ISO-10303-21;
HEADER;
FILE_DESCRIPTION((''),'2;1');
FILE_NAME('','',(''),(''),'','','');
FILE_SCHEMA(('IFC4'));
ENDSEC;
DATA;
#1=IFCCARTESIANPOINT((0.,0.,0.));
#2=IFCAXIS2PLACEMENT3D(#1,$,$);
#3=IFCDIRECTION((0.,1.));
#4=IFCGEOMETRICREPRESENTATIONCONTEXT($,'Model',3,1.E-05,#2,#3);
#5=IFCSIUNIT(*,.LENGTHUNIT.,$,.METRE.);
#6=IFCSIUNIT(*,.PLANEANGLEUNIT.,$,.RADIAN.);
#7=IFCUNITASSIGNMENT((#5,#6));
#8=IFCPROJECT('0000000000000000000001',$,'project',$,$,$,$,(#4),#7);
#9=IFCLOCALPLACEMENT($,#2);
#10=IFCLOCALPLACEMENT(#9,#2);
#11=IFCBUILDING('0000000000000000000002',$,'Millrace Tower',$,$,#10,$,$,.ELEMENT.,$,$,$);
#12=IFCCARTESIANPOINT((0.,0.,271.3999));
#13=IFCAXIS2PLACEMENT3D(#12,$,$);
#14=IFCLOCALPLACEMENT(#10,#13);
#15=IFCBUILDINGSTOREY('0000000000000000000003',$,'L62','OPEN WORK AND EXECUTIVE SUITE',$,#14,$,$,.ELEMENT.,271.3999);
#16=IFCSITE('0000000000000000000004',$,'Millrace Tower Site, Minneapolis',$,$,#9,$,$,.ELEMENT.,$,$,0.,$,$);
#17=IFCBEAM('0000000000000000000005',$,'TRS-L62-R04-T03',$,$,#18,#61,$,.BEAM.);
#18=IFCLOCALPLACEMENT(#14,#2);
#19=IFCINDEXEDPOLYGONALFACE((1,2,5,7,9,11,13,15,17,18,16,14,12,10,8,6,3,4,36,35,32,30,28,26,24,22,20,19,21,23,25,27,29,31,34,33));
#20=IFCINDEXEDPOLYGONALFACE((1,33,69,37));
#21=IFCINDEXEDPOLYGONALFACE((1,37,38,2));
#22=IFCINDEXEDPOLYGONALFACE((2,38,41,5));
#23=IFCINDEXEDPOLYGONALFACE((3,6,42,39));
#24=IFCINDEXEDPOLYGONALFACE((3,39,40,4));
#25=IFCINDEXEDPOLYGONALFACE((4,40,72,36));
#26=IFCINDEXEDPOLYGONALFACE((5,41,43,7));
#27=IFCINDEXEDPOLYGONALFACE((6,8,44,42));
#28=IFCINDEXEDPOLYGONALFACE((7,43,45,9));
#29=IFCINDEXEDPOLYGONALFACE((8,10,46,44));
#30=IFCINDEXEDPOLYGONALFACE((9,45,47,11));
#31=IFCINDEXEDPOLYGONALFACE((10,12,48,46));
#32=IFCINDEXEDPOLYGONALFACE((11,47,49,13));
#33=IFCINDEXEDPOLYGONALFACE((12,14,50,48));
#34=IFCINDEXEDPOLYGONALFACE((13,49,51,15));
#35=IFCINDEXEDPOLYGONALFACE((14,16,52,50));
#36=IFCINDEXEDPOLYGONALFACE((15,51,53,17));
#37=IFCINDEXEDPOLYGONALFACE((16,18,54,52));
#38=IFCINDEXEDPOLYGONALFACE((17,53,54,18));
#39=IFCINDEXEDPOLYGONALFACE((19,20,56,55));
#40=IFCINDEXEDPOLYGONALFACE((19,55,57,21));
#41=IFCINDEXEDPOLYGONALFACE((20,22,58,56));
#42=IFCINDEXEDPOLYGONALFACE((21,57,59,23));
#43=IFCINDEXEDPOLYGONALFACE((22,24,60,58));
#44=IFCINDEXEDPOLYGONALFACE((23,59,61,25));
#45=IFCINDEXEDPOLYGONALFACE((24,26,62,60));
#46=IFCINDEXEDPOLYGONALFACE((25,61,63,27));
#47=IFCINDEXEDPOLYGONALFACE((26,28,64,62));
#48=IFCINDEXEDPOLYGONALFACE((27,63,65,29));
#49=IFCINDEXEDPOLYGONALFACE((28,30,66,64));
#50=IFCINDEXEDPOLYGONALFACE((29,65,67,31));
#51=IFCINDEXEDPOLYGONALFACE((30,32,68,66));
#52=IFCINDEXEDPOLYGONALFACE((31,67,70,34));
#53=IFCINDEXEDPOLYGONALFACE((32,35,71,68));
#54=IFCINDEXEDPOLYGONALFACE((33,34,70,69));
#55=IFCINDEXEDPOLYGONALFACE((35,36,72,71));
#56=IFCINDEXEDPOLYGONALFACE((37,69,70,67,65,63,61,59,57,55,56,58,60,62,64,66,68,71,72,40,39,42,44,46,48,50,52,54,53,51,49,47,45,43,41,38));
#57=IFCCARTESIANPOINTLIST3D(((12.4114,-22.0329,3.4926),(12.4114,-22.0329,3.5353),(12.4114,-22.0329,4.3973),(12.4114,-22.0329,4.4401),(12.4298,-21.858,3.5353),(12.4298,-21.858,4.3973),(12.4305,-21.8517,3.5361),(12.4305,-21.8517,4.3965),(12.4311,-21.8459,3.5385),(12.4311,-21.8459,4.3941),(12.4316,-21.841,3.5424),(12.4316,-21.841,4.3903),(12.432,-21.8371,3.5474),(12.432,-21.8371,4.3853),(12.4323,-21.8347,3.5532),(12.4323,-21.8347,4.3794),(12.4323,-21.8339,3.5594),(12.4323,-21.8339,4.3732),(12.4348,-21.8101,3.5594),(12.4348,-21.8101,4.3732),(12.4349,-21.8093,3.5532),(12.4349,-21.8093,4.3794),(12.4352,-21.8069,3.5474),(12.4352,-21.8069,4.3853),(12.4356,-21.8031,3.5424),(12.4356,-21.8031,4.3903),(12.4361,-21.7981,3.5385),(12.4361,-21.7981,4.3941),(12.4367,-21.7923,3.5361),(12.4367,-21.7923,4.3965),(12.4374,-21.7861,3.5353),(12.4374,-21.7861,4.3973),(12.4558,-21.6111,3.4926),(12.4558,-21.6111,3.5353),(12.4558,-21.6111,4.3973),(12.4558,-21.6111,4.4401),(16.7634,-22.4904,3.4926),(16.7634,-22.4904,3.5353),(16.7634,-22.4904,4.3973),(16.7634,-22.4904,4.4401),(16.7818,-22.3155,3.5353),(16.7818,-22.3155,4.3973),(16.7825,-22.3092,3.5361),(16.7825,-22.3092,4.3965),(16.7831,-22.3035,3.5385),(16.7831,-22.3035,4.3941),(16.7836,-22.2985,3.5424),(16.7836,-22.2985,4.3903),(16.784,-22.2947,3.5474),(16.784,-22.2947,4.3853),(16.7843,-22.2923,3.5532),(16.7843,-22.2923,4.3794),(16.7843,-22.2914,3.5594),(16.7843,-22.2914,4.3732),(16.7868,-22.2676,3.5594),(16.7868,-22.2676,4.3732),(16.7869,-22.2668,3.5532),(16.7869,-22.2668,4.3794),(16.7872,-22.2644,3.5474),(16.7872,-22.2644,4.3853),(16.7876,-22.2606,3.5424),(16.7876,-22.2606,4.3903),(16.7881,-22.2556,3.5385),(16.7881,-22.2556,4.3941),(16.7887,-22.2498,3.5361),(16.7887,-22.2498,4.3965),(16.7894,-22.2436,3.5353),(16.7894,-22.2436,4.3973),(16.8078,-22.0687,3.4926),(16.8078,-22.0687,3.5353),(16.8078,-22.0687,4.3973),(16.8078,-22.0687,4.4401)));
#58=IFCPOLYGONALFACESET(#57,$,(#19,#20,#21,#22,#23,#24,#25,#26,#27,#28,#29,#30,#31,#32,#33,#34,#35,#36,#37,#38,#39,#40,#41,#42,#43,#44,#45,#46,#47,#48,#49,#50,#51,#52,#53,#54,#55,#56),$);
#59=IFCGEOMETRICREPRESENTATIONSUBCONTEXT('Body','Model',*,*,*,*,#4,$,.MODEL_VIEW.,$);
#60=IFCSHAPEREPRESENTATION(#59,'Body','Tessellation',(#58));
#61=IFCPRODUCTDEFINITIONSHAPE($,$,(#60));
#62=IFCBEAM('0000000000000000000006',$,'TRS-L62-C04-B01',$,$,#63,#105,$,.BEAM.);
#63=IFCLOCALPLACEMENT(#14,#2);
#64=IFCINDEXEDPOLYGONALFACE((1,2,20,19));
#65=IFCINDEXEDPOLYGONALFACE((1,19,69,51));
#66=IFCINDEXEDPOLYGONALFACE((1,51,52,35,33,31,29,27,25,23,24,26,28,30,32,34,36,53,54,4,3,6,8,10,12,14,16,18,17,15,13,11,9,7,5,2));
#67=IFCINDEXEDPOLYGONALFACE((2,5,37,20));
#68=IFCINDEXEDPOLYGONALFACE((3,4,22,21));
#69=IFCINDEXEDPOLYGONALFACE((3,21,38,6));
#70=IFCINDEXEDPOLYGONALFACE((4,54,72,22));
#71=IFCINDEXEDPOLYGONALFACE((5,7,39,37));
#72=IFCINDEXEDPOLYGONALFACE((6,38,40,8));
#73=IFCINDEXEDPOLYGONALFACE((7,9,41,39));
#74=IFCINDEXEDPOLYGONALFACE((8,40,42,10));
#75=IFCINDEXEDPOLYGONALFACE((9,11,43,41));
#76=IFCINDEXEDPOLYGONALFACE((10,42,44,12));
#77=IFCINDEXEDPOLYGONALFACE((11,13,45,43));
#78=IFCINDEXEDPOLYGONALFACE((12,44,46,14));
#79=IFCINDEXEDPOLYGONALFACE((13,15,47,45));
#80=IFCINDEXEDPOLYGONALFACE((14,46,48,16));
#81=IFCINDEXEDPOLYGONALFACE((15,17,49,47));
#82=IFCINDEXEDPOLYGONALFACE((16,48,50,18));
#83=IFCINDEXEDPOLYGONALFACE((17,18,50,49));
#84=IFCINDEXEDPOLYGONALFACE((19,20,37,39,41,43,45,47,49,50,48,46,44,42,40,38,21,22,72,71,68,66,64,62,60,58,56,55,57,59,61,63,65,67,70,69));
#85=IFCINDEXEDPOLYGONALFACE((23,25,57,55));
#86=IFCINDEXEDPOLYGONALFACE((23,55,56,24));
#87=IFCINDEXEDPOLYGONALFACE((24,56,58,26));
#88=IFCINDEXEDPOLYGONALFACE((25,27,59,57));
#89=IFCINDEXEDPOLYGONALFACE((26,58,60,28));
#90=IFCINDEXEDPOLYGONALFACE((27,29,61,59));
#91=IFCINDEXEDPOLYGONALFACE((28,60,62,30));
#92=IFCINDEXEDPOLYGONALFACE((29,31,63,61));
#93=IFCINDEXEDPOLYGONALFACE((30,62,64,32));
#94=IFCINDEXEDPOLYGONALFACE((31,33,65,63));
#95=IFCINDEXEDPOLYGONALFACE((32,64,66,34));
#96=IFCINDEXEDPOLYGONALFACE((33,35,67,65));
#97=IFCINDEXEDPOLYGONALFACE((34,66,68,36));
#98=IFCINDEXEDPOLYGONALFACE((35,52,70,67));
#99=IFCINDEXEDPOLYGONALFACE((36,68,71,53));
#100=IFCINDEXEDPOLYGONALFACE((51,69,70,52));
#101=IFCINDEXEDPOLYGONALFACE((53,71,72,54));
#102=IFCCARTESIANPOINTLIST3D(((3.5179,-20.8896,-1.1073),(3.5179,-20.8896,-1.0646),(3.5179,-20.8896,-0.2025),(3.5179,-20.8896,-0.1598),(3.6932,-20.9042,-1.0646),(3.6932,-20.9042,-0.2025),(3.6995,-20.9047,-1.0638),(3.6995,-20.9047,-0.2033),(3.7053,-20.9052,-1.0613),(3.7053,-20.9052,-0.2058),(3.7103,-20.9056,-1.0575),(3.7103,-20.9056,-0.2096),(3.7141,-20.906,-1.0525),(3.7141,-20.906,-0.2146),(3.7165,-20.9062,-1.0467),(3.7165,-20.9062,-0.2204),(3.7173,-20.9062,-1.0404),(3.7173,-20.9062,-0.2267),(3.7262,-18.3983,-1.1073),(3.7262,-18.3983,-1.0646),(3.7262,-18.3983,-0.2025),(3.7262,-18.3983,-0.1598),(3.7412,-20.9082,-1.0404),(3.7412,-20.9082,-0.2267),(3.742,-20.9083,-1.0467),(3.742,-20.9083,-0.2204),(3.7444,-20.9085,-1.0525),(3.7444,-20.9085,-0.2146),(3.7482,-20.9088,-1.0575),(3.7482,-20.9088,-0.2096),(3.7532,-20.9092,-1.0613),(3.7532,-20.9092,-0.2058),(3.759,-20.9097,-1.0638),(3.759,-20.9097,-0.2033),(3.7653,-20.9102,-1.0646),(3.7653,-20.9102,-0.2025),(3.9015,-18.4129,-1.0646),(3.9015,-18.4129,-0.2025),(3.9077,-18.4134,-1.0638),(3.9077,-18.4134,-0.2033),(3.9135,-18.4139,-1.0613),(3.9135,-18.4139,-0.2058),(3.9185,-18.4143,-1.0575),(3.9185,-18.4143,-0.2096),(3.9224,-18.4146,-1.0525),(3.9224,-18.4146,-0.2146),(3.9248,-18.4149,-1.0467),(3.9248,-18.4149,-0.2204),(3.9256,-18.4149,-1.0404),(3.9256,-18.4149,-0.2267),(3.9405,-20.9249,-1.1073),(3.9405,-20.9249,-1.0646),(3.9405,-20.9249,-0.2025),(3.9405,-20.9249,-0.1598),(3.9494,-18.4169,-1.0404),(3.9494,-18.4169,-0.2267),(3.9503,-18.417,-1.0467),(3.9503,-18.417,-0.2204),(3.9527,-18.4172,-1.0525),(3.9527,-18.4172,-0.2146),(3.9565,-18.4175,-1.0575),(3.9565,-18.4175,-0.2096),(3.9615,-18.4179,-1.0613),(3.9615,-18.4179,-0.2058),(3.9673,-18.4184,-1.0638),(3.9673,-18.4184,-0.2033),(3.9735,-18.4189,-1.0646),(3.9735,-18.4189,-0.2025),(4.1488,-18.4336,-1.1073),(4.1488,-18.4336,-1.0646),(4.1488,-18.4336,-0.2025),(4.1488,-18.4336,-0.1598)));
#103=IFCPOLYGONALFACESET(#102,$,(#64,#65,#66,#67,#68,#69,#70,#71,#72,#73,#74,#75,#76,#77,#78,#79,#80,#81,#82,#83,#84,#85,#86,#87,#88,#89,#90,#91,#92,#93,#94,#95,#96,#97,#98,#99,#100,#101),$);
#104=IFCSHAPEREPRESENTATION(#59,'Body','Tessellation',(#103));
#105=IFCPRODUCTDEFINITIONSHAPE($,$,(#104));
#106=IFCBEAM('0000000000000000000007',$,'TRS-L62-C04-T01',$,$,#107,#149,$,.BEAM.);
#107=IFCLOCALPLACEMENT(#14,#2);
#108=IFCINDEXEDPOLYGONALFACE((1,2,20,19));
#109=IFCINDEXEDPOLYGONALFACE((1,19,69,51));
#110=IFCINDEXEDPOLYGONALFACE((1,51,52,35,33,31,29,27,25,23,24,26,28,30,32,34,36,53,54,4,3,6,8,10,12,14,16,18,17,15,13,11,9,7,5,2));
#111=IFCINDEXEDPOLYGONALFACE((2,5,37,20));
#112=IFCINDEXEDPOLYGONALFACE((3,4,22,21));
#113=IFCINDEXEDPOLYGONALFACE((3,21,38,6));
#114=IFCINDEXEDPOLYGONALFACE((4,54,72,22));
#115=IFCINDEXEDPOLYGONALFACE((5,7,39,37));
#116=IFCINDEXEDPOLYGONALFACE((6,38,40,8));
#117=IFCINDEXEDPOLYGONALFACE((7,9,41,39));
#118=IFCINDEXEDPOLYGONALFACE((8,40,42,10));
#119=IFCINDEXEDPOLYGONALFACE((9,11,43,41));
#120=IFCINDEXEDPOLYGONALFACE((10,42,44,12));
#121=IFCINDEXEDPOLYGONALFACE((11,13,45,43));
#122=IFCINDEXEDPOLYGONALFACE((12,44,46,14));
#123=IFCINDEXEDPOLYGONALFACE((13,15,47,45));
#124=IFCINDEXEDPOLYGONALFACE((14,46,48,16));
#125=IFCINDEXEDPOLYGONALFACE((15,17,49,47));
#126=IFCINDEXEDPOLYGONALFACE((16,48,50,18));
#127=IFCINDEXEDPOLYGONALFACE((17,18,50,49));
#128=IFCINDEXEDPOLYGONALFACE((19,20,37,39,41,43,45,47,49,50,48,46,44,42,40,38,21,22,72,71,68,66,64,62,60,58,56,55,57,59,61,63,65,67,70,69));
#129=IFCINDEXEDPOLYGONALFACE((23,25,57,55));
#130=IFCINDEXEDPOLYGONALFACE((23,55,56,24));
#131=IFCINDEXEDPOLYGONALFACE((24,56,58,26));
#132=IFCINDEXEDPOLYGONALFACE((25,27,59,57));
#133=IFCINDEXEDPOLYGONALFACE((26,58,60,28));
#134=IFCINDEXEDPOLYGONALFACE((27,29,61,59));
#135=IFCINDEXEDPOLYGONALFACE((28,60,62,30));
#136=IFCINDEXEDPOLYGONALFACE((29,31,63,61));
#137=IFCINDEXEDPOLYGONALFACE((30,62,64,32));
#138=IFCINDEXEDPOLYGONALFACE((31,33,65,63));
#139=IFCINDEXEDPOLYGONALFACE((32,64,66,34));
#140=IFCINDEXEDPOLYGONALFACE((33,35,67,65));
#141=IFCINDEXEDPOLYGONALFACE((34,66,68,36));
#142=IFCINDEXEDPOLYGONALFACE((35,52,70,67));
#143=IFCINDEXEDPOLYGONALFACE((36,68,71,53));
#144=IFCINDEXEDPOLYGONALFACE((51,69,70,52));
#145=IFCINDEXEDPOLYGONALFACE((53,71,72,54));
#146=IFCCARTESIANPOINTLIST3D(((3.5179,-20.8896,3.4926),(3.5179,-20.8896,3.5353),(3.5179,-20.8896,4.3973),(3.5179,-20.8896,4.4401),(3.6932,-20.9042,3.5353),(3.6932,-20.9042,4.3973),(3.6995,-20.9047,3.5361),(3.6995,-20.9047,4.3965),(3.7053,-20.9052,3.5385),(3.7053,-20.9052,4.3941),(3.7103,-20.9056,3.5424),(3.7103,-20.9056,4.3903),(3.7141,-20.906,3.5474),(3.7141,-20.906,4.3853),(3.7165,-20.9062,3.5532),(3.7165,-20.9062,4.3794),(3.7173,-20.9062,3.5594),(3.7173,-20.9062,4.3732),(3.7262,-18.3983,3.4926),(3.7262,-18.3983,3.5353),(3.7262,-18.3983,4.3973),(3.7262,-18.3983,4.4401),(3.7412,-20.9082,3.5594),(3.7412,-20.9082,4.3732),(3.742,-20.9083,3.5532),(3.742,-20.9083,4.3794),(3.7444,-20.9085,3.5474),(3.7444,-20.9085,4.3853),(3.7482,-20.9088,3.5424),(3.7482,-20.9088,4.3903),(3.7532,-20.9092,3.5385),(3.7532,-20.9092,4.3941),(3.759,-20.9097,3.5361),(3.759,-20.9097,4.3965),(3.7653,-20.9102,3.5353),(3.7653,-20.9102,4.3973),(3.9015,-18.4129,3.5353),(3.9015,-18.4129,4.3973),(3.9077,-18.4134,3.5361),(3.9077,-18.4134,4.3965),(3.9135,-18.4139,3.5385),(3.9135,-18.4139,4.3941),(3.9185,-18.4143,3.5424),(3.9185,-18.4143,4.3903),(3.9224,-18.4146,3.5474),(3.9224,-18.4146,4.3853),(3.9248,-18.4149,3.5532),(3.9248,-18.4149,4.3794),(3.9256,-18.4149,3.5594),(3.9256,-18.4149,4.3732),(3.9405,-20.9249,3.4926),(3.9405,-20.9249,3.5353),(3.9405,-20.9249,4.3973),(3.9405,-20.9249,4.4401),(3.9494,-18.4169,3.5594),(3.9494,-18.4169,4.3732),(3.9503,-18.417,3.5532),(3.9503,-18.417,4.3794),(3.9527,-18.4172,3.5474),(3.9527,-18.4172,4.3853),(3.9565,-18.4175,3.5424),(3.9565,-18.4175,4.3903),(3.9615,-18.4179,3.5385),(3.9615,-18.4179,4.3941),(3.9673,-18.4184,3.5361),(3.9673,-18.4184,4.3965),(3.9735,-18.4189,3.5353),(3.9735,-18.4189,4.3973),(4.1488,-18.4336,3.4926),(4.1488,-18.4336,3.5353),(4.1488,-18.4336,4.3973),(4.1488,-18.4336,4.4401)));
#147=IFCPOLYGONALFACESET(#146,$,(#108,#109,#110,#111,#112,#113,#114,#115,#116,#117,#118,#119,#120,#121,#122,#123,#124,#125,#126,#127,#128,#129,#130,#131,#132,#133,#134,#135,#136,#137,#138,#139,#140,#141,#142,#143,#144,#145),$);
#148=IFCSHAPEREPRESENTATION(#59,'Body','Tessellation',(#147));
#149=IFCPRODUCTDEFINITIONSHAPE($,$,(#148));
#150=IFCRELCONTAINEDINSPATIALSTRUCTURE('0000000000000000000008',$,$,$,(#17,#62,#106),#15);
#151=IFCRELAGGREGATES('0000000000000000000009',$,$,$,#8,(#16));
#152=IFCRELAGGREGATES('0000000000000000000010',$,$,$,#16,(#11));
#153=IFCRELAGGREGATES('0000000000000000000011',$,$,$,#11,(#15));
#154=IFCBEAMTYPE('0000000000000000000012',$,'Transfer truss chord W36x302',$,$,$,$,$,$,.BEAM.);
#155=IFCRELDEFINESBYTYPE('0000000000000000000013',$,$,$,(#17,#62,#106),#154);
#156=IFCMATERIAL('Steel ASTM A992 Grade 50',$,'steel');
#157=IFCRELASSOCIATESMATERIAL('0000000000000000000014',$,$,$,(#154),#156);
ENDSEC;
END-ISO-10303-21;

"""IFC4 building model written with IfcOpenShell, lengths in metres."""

from ifc_helpers import new_model, si_unit, direction, frame, origin, origin_2d, place, context, subcontext, project, spatial, i_section, extrude, material, material_profile, profile_set, type_object, element, save


model = new_model("IFC4")

# Units and contexts
model_context = context("Model", 3, precision=1e-05, world=origin(), true_north=direction((0.0, 1.0)))
body_context = subcontext(model_context, "Body", "Model", "MODEL_VIEW")
ifc_project = project(units=[si_unit("LENGTHUNIT", "METRE"), si_unit("PLANEANGLEUNIT", "RADIAN")], contexts=[model_context])

# Site, building, storey
site_placement = place(None, origin())
site = spatial("IfcSite", under=ifc_project, at=site_placement, Name="Millrace Tower Site, Minneapolis", CompositionType="ELEMENT", RefElevation=0.0)
building_placement = place(site_placement, origin())
building = spatial("IfcBuilding", under=site, at=building_placement, Name="Millrace Tower", CompositionType="ELEMENT")
storey_placement = place(building_placement, frame((0.0, 0.0, 271.3999)))
storey = spatial("IfcBuildingStorey", under=building, at=storey_placement, Name="L62", Description="OPEN WORK AND EXECUTIVE SUITE", CompositionType="ELEMENT", Elevation=271.3999)

# Beams
ifc_material_1 = material(Name="Steel ASTM A992 Grade 50", Category="steel")
ifc_material_profile_1 = material_profile(ifc_material_1, i_section(OverallWidth=0.4241, OverallDepth=0.9475, WebThickness=0.0239, FlangeThickness=0.0427, FilletRadius=0.0242, at=origin_2d()))
ifc_profile_set_1 = profile_set([ifc_material_profile_1], Name="Steel ASTM A992 Grade 50")
beam_type_1 = type_object("IfcBeamType", Name="Transfer truss chord W36x302", PredefinedType="BEAM", material=ifc_profile_set_1)
for number, where, z_axis, x_axis, name in (
    (1, (12.4336, -21.822, 3.9663), (0.99452, -0.104551, 0.0), (0.104551, 0.99452, 0.0), "TRS-L62-R04-T03"),
):
    element("IfcBeam", number, at=place(storey_placement, frame(where, z_axis=z_axis, x_axis=x_axis)), inside=storey, type_object=beam_type_1, Name=name, PredefinedType="BEAM", context=body_context, shape_type="SweptSolid", body=[
        extrude(i_section(OverallWidth=0.4241, OverallDepth=0.9475, WebThickness=0.0239, FlangeThickness=0.0427, FilletRadius=0.0242, at=origin_2d()), origin(), (0.0, 0.0, 1.0), 4.376),
    ])
for number, where, z_axis, x_axis, name in (
    (2, (3.7292, -20.9072, -0.6335), (0.083304, 0.996524, 0.0), (-0.996524, 0.083304, 0.0), "TRS-L62-C04-B01"),
    (3, (3.7292, -20.9072, 3.9663), (0.083304, 0.996524, 0.0), (-0.996524, 0.083304, 0.0), "TRS-L62-C04-T01"),
):
    element("IfcBeam", number, at=place(storey_placement, frame(where, z_axis=z_axis, x_axis=x_axis)), inside=storey, type_object=beam_type_1, Name=name, PredefinedType="BEAM", context=body_context, shape_type="SweptSolid", body=[
        extrude(i_section(OverallWidth=0.4241, OverallDepth=0.9475, WebThickness=0.0239, FlangeThickness=0.0427, FilletRadius=0.0242, at=origin_2d()), origin(), (0.0, 0.0, 1.0), 2.5),
    ])

save(model, "model.ifc")
